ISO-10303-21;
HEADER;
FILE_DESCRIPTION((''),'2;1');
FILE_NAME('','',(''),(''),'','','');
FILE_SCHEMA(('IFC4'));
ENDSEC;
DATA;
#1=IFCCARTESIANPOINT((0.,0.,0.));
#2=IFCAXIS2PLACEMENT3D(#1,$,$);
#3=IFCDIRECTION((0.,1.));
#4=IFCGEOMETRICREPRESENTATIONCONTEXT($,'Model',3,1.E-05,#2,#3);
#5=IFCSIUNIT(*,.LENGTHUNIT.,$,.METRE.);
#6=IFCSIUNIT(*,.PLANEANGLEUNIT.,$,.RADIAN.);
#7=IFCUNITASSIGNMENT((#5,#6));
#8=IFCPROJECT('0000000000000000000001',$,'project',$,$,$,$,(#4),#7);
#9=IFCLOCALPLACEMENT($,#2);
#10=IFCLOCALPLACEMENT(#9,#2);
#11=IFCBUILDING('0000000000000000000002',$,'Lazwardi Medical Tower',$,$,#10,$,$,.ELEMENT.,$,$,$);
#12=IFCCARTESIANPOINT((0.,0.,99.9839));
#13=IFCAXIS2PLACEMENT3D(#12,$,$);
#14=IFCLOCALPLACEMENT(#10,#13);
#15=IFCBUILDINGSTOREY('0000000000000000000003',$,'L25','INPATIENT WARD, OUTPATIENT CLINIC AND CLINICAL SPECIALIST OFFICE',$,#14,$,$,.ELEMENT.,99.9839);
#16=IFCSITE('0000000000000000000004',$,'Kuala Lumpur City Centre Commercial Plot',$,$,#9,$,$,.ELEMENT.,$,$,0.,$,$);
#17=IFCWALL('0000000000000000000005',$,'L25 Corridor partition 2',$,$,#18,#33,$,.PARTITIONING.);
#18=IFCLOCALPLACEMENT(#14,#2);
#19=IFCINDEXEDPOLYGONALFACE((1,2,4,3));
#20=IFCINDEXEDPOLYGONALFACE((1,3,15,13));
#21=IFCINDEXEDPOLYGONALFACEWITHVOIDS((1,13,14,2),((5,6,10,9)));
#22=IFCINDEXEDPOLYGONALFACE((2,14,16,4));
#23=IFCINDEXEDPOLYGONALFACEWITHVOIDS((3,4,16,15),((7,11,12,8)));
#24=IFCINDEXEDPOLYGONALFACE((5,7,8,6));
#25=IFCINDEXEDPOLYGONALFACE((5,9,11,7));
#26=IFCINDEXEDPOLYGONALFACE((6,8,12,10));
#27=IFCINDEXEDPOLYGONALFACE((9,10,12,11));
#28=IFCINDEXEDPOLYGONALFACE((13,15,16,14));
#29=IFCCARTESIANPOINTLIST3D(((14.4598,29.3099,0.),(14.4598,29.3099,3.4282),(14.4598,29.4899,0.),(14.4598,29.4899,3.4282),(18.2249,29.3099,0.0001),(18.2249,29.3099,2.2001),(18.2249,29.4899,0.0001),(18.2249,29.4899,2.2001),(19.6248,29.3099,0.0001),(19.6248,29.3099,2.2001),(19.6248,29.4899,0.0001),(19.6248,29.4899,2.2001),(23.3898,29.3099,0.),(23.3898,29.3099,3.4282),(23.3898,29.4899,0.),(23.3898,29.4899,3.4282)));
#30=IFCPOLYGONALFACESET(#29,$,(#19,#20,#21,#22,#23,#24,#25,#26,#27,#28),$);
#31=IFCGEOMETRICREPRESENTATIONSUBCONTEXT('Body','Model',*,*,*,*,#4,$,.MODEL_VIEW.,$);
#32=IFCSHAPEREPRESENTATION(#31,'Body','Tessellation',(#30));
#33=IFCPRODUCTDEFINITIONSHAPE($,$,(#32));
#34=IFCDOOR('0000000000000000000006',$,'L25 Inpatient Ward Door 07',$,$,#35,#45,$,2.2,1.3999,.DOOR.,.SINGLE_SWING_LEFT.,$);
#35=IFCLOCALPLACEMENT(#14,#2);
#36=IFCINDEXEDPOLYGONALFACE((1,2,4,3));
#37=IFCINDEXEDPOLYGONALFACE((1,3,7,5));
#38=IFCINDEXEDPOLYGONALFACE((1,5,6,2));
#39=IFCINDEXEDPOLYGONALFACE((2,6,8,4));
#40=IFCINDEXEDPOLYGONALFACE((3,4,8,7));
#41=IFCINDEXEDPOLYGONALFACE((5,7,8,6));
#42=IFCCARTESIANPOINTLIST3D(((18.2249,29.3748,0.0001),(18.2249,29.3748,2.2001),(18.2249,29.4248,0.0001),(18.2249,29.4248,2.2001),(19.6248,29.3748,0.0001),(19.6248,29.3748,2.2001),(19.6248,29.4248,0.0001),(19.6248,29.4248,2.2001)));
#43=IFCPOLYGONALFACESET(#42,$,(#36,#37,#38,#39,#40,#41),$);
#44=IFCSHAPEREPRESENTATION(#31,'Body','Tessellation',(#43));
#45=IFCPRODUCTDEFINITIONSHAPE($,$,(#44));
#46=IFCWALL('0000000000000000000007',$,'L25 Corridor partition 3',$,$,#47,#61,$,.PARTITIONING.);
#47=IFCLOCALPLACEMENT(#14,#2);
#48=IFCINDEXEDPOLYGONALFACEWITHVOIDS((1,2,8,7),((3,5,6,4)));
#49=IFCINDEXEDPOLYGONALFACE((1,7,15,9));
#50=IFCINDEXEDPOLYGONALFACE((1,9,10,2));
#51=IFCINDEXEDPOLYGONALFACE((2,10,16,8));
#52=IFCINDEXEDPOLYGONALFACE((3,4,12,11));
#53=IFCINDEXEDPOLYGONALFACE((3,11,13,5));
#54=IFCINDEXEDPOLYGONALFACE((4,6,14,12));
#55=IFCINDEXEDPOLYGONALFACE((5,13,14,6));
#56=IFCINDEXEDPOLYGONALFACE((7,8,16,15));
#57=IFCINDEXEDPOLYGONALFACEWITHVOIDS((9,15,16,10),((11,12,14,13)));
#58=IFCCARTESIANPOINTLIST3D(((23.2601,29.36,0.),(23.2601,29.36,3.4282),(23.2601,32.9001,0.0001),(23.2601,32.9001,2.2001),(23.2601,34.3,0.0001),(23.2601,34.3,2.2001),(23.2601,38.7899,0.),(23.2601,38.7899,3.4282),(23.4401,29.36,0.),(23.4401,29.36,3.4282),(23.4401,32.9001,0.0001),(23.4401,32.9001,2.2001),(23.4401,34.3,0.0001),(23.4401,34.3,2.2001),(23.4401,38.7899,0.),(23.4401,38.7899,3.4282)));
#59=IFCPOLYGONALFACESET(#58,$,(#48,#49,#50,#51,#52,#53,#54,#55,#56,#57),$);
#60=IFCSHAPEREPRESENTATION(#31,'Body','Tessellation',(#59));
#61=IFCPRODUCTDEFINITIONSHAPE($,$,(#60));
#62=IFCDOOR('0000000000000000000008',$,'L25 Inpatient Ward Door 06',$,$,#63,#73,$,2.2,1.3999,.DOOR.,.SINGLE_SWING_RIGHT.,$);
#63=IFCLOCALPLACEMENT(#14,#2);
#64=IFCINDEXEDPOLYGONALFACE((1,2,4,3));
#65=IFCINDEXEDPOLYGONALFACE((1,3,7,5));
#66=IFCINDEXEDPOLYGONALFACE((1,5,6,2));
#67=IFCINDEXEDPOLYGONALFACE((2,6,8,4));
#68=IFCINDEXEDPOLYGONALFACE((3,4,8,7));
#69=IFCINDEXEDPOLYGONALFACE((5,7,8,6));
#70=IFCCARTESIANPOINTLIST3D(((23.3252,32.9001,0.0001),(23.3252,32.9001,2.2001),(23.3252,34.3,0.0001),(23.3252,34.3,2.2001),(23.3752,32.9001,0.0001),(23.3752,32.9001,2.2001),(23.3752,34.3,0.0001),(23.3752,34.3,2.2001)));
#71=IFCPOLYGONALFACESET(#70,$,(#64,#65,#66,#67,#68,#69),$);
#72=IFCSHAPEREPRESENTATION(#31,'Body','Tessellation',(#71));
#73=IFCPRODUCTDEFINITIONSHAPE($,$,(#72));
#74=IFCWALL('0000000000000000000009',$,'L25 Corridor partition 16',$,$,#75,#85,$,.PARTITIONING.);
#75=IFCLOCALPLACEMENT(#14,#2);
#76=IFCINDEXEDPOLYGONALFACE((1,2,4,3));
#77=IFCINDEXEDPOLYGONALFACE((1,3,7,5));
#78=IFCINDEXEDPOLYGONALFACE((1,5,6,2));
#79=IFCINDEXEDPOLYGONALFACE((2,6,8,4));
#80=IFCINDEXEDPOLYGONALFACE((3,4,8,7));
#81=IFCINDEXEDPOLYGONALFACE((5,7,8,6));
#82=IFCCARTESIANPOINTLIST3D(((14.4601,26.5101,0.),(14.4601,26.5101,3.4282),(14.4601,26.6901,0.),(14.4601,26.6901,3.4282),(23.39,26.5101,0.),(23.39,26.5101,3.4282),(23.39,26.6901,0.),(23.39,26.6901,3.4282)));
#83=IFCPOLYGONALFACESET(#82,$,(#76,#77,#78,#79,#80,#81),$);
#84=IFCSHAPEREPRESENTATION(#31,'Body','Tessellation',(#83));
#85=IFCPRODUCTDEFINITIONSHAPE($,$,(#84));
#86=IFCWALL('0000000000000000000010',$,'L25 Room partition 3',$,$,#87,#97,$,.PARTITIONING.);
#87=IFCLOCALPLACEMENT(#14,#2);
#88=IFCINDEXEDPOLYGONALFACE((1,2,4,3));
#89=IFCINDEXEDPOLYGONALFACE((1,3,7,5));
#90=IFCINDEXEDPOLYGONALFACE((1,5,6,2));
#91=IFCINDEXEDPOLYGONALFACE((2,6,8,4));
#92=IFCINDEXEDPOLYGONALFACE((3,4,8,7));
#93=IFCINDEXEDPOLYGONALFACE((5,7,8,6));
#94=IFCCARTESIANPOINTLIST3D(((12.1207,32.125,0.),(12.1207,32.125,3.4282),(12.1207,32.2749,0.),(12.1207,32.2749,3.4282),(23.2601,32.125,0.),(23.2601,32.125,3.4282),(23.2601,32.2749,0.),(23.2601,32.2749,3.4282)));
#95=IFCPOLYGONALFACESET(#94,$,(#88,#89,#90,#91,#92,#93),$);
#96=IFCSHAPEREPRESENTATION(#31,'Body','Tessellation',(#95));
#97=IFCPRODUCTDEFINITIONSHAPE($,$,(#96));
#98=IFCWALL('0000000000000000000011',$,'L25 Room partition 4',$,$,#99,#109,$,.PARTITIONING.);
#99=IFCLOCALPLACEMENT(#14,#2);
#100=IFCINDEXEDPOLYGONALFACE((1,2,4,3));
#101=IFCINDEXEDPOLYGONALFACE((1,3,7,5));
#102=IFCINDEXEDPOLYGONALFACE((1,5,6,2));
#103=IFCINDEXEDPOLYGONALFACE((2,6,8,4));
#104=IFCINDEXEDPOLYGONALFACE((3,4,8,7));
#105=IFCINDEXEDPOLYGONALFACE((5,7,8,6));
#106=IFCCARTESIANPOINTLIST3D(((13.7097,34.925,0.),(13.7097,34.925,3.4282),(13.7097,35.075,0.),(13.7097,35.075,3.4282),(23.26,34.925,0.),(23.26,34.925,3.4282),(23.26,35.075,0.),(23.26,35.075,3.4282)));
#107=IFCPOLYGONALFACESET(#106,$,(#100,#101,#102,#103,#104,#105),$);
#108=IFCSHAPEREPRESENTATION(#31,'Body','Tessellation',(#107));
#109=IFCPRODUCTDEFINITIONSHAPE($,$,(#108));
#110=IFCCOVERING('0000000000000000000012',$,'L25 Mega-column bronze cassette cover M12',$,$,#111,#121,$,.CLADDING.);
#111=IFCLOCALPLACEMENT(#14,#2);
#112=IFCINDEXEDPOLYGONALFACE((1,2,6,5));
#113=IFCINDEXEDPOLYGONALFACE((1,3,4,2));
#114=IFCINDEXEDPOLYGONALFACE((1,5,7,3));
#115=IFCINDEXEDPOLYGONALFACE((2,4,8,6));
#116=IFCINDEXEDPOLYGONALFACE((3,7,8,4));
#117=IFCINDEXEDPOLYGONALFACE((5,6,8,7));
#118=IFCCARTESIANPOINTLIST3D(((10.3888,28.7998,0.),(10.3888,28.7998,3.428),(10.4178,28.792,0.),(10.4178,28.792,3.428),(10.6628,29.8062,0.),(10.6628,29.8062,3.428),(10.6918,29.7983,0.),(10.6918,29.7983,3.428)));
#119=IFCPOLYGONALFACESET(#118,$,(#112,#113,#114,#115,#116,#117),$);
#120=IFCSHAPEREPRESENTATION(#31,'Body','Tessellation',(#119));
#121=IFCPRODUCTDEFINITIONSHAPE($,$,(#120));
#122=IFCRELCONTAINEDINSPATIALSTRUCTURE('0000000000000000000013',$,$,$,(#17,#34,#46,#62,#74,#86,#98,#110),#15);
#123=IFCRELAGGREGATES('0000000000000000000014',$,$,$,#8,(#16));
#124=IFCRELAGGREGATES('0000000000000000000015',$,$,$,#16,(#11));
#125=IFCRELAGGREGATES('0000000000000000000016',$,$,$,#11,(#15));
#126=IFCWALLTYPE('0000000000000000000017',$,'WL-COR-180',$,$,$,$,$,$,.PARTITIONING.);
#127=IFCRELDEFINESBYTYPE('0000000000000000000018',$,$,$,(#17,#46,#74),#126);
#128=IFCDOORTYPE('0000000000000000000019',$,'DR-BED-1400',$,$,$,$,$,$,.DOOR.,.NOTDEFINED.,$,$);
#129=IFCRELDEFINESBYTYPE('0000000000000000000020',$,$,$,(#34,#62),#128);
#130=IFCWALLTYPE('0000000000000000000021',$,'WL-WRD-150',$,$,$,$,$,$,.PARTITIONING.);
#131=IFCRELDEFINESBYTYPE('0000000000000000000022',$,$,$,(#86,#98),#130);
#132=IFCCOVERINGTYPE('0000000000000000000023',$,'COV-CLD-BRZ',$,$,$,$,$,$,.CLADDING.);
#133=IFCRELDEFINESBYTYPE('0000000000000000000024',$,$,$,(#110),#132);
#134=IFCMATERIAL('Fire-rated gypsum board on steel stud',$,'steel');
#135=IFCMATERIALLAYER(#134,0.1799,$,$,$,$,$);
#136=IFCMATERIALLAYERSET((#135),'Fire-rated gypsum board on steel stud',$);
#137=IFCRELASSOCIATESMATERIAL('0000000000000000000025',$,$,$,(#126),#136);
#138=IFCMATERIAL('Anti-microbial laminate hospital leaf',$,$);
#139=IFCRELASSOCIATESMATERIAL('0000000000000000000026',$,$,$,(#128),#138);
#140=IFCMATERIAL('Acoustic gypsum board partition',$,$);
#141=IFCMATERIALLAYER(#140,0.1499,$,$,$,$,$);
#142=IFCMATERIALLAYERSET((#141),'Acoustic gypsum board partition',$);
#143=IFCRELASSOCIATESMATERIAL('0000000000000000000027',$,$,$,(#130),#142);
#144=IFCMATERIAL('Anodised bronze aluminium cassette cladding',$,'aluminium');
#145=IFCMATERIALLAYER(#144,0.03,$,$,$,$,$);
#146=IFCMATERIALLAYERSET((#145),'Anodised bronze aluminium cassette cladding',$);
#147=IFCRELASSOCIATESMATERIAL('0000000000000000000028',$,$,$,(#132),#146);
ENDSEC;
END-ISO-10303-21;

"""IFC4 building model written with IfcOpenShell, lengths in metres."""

from ifc_helpers import new_model, si_unit, direction, frame, frame_2d, origin, origin_2d, place, context, subcontext, project, spatial, rectangle, extrude, material, layer, layer_set, type_object, element, fill, save


model = new_model("IFC4")

# Units and contexts
model_context = context("Model", 3, precision=1e-05, world=origin(), true_north=direction((0.0, 1.0)))
body_context = subcontext(model_context, "Body", "Model", "MODEL_VIEW")
ifc_project = project(units=[si_unit("LENGTHUNIT", "METRE"), si_unit("PLANEANGLEUNIT", "RADIAN")], contexts=[model_context])

# Site, building, storey
site_placement = place(None, origin())
site = spatial("IfcSite", under=ifc_project, at=site_placement, Name="Kuala Lumpur City Centre Commercial Plot", CompositionType="ELEMENT", RefElevation=0.0)
building_placement = place(site_placement, origin())
building = spatial("IfcBuilding", under=site, at=building_placement, Name="Lazwardi Medical Tower", CompositionType="ELEMENT")
storey_placement = place(building_placement, frame((0.0, 0.0, 99.9839)))
storey = spatial("IfcBuildingStorey", under=building, at=storey_placement, Name="L25", Description="INPATIENT WARD, OUTPATIENT CLINIC AND CLINICAL SPECIALIST OFFICE", CompositionType="ELEMENT", Elevation=99.9839)

# Shared definitions
ifc_material_1 = material(Name="Fire-rated gypsum board on steel stud", Category="steel")
ifc_layer_1 = layer(ifc_material_1, 0.1799)
ifc_layer_set_1 = layer_set([ifc_layer_1], Name="Fire-rated gypsum board on steel stud")
wall_type_1 = type_object("IfcWallType", Name="WL-COR-180", PredefinedType="PARTITIONING", material=ifc_layer_set_1)

# Walls, openings, doors
wall_1_placement = place(storey_placement, frame((14.46, 29.3999, 0.0), z_axis=(0.0, 0.0, 1.0), x_axis=(1.0, 0.0, 0.0)))
wall_1 = element("IfcWall", 1, at=wall_1_placement, inside=storey, type_object=wall_type_1, Name="L25 Corridor partition 2", PredefinedType="PARTITIONING", context=body_context, shape_type="SweptSolid", body=[
    extrude(rectangle(XDim=8.9299, YDim=0.1799, at=frame_2d((4.4648, 0.0))), origin(), (0.0, 0.0, 1.0), 3.4282),
])
opening_1_placement = place(wall_1_placement, frame((3.7649, 0.0, 0.0)))
opening_1 = element("IfcOpeningElement", 2, at=opening_1_placement, cuts=wall_1, PredefinedType="OPENING", context=body_context, shape_type="SweptSolid", body=[
    extrude(rectangle(XDim=1.3999, YDim=2.2, at=frame_2d((0.7, 1.1001))), frame((0.0, 0.0999, 0.0), z_axis=(0.0, -1.0, 0.0), x_axis=(1.0, 0.0, 0.0)), (0.0, 0.0, 1.0), 0.2),
])
ifc_material_2 = material(Name="Anti-microbial laminate hospital leaf")
door_type = type_object("IfcDoorType", Name="DR-BED-1400", OperationType="NOTDEFINED", PredefinedType="DOOR", material=ifc_material_2)
door_1_placement = place(opening_1_placement, origin())
door_1 = element("IfcDoor", 3, at=door_1_placement, inside=storey, type_object=door_type, Name="L25 Inpatient Ward Door 07", OperationType="SINGLE_SWING_LEFT", OverallHeight=2.2, OverallWidth=1.3999, PredefinedType="DOOR", context=body_context, shape_type="SweptSolid", body=[
    extrude(rectangle(XDim=1.3999, YDim=2.2, at=frame_2d((0.7, 1.1001))), frame((0.0, 0.0249, 0.0), z_axis=(0.0, -1.0, 0.0), x_axis=(1.0, 0.0, 0.0)), (0.0, 0.0, 1.0), 0.05),
])
fill(opening_1, door_1)
wall_2_placement = place(storey_placement, frame((23.3501, 29.3601, 0.0), z_axis=(0.0, 0.0, 1.0), x_axis=(0.0, 1.0, 0.0)))
wall_2 = element("IfcWall", 4, at=wall_2_placement, inside=storey, type_object=wall_type_1, Name="L25 Corridor partition 3", PredefinedType="PARTITIONING", context=body_context, shape_type="SweptSolid", body=[
    extrude(rectangle(XDim=9.4299, YDim=0.1799, at=frame_2d((4.7148, 0.0))), origin(), (0.0, 0.0, 1.0), 3.4282),
])
opening_2_placement = place(wall_2_placement, frame((3.54, 0.0, 0.0)))
opening_2 = element("IfcOpeningElement", 5, at=opening_2_placement, cuts=wall_2, PredefinedType="OPENING", context=body_context, shape_type="SweptSolid", body=[
    extrude(rectangle(XDim=1.3999, YDim=2.2, at=frame_2d((0.7, 1.1001))), frame((0.0, 0.0999, 0.0), z_axis=(0.0, -1.0, 0.0), x_axis=(1.0, 0.0, 0.0)), (0.0, 0.0, 1.0), 0.2),
])
door_2_placement = place(opening_2_placement, origin())
door_2 = element("IfcDoor", 6, at=door_2_placement, inside=storey, type_object=door_type, Name="L25 Inpatient Ward Door 06", OperationType="SINGLE_SWING_RIGHT", OverallHeight=2.2, OverallWidth=1.3999, PredefinedType="DOOR", context=body_context, shape_type="SweptSolid", body=[
    extrude(rectangle(XDim=1.3999, YDim=2.2, at=frame_2d((0.7, 1.1001))), frame((0.0, 0.0249, 0.0), z_axis=(0.0, -1.0, 0.0), x_axis=(1.0, 0.0, 0.0)), (0.0, 0.0, 1.0), 0.05),
])
fill(opening_2, door_2)

# Walls
wall_3_placement = place(storey_placement, frame((23.3899, 26.6001, 0.0), z_axis=(0.0, 0.0, 1.0), x_axis=(-1.0, 0.0, 0.0)))
element("IfcWall", 7, at=wall_3_placement, inside=storey, type_object=wall_type_1, Name="L25 Corridor partition 16", PredefinedType="PARTITIONING", context=body_context, shape_type="SweptSolid", body=[
    extrude(rectangle(XDim=8.9299, YDim=0.1799, at=frame_2d((4.4648, 0.0))), origin(), (0.0, 0.0, 1.0), 3.4282),
])
ifc_material_3 = material(Name="Acoustic gypsum board partition")
ifc_layer_2 = layer(ifc_material_3, 0.1499)
ifc_layer_set_2 = layer_set([ifc_layer_2], Name="Acoustic gypsum board partition")
wall_type_2 = type_object("IfcWallType", Name="WL-WRD-150", PredefinedType="PARTITIONING", material=ifc_layer_set_2)
wall_4_placement = place(storey_placement, frame((12.1206, 32.2, 0.0), z_axis=(0.0, 0.0, 1.0), x_axis=(1.0, 0.0, 0.0)))
element("IfcWall", 8, at=wall_4_placement, inside=storey, type_object=wall_type_2, Name="L25 Room partition 3", PredefinedType="PARTITIONING", context=body_context, shape_type="SweptSolid", body=[
    extrude(rectangle(XDim=11.1394, YDim=0.1499, at=frame_2d((5.5698, 0.0))), origin(), (0.0, 0.0, 1.0), 3.4282),
])
wall_5_placement = place(storey_placement, frame((13.7097, 35.0, 0.0), z_axis=(0.0, 0.0, 1.0), x_axis=(1.0, 0.0, 0.0)))
element("IfcWall", 9, at=wall_5_placement, inside=storey, type_object=wall_type_2, Name="L25 Room partition 4", PredefinedType="PARTITIONING", context=body_context, shape_type="SweptSolid", body=[
    extrude(rectangle(XDim=9.5503, YDim=0.1499, at=frame_2d((4.7751, 0.0))), origin(), (0.0, 0.0, 1.0), 3.4282),
])

# Covering
ifc_material_4 = material(Name="Anodised bronze aluminium cassette cladding", Category="aluminium")
ifc_layer_3 = layer(ifc_material_4, 0.03)
ifc_layer_set_3 = layer_set([ifc_layer_3], Name="Anodised bronze aluminium cassette cladding")
covering_type = type_object("IfcCoveringType", Name="COV-CLD-BRZ", PredefinedType="CLADDING", material=ifc_layer_set_3)
covering_placement = place(storey_placement, frame((10.5403, 29.2991, 0.0), z_axis=(0.0, 0.0, 1.0), x_axis=(-0.262696, -0.964879, 0.0)))
element("IfcCovering", 10, at=covering_placement, inside=storey, type_object=covering_type, Name="L25 Mega-column bronze cassette cover M12", PredefinedType="CLADDING", context=body_context, shape_type="SweptSolid", body=[
    extrude(rectangle(XDim=1.043, YDim=0.03, at=origin_2d()), origin(), (0.0, 0.0, 1.0), 3.428),
])

save(model, "model.ifc")
